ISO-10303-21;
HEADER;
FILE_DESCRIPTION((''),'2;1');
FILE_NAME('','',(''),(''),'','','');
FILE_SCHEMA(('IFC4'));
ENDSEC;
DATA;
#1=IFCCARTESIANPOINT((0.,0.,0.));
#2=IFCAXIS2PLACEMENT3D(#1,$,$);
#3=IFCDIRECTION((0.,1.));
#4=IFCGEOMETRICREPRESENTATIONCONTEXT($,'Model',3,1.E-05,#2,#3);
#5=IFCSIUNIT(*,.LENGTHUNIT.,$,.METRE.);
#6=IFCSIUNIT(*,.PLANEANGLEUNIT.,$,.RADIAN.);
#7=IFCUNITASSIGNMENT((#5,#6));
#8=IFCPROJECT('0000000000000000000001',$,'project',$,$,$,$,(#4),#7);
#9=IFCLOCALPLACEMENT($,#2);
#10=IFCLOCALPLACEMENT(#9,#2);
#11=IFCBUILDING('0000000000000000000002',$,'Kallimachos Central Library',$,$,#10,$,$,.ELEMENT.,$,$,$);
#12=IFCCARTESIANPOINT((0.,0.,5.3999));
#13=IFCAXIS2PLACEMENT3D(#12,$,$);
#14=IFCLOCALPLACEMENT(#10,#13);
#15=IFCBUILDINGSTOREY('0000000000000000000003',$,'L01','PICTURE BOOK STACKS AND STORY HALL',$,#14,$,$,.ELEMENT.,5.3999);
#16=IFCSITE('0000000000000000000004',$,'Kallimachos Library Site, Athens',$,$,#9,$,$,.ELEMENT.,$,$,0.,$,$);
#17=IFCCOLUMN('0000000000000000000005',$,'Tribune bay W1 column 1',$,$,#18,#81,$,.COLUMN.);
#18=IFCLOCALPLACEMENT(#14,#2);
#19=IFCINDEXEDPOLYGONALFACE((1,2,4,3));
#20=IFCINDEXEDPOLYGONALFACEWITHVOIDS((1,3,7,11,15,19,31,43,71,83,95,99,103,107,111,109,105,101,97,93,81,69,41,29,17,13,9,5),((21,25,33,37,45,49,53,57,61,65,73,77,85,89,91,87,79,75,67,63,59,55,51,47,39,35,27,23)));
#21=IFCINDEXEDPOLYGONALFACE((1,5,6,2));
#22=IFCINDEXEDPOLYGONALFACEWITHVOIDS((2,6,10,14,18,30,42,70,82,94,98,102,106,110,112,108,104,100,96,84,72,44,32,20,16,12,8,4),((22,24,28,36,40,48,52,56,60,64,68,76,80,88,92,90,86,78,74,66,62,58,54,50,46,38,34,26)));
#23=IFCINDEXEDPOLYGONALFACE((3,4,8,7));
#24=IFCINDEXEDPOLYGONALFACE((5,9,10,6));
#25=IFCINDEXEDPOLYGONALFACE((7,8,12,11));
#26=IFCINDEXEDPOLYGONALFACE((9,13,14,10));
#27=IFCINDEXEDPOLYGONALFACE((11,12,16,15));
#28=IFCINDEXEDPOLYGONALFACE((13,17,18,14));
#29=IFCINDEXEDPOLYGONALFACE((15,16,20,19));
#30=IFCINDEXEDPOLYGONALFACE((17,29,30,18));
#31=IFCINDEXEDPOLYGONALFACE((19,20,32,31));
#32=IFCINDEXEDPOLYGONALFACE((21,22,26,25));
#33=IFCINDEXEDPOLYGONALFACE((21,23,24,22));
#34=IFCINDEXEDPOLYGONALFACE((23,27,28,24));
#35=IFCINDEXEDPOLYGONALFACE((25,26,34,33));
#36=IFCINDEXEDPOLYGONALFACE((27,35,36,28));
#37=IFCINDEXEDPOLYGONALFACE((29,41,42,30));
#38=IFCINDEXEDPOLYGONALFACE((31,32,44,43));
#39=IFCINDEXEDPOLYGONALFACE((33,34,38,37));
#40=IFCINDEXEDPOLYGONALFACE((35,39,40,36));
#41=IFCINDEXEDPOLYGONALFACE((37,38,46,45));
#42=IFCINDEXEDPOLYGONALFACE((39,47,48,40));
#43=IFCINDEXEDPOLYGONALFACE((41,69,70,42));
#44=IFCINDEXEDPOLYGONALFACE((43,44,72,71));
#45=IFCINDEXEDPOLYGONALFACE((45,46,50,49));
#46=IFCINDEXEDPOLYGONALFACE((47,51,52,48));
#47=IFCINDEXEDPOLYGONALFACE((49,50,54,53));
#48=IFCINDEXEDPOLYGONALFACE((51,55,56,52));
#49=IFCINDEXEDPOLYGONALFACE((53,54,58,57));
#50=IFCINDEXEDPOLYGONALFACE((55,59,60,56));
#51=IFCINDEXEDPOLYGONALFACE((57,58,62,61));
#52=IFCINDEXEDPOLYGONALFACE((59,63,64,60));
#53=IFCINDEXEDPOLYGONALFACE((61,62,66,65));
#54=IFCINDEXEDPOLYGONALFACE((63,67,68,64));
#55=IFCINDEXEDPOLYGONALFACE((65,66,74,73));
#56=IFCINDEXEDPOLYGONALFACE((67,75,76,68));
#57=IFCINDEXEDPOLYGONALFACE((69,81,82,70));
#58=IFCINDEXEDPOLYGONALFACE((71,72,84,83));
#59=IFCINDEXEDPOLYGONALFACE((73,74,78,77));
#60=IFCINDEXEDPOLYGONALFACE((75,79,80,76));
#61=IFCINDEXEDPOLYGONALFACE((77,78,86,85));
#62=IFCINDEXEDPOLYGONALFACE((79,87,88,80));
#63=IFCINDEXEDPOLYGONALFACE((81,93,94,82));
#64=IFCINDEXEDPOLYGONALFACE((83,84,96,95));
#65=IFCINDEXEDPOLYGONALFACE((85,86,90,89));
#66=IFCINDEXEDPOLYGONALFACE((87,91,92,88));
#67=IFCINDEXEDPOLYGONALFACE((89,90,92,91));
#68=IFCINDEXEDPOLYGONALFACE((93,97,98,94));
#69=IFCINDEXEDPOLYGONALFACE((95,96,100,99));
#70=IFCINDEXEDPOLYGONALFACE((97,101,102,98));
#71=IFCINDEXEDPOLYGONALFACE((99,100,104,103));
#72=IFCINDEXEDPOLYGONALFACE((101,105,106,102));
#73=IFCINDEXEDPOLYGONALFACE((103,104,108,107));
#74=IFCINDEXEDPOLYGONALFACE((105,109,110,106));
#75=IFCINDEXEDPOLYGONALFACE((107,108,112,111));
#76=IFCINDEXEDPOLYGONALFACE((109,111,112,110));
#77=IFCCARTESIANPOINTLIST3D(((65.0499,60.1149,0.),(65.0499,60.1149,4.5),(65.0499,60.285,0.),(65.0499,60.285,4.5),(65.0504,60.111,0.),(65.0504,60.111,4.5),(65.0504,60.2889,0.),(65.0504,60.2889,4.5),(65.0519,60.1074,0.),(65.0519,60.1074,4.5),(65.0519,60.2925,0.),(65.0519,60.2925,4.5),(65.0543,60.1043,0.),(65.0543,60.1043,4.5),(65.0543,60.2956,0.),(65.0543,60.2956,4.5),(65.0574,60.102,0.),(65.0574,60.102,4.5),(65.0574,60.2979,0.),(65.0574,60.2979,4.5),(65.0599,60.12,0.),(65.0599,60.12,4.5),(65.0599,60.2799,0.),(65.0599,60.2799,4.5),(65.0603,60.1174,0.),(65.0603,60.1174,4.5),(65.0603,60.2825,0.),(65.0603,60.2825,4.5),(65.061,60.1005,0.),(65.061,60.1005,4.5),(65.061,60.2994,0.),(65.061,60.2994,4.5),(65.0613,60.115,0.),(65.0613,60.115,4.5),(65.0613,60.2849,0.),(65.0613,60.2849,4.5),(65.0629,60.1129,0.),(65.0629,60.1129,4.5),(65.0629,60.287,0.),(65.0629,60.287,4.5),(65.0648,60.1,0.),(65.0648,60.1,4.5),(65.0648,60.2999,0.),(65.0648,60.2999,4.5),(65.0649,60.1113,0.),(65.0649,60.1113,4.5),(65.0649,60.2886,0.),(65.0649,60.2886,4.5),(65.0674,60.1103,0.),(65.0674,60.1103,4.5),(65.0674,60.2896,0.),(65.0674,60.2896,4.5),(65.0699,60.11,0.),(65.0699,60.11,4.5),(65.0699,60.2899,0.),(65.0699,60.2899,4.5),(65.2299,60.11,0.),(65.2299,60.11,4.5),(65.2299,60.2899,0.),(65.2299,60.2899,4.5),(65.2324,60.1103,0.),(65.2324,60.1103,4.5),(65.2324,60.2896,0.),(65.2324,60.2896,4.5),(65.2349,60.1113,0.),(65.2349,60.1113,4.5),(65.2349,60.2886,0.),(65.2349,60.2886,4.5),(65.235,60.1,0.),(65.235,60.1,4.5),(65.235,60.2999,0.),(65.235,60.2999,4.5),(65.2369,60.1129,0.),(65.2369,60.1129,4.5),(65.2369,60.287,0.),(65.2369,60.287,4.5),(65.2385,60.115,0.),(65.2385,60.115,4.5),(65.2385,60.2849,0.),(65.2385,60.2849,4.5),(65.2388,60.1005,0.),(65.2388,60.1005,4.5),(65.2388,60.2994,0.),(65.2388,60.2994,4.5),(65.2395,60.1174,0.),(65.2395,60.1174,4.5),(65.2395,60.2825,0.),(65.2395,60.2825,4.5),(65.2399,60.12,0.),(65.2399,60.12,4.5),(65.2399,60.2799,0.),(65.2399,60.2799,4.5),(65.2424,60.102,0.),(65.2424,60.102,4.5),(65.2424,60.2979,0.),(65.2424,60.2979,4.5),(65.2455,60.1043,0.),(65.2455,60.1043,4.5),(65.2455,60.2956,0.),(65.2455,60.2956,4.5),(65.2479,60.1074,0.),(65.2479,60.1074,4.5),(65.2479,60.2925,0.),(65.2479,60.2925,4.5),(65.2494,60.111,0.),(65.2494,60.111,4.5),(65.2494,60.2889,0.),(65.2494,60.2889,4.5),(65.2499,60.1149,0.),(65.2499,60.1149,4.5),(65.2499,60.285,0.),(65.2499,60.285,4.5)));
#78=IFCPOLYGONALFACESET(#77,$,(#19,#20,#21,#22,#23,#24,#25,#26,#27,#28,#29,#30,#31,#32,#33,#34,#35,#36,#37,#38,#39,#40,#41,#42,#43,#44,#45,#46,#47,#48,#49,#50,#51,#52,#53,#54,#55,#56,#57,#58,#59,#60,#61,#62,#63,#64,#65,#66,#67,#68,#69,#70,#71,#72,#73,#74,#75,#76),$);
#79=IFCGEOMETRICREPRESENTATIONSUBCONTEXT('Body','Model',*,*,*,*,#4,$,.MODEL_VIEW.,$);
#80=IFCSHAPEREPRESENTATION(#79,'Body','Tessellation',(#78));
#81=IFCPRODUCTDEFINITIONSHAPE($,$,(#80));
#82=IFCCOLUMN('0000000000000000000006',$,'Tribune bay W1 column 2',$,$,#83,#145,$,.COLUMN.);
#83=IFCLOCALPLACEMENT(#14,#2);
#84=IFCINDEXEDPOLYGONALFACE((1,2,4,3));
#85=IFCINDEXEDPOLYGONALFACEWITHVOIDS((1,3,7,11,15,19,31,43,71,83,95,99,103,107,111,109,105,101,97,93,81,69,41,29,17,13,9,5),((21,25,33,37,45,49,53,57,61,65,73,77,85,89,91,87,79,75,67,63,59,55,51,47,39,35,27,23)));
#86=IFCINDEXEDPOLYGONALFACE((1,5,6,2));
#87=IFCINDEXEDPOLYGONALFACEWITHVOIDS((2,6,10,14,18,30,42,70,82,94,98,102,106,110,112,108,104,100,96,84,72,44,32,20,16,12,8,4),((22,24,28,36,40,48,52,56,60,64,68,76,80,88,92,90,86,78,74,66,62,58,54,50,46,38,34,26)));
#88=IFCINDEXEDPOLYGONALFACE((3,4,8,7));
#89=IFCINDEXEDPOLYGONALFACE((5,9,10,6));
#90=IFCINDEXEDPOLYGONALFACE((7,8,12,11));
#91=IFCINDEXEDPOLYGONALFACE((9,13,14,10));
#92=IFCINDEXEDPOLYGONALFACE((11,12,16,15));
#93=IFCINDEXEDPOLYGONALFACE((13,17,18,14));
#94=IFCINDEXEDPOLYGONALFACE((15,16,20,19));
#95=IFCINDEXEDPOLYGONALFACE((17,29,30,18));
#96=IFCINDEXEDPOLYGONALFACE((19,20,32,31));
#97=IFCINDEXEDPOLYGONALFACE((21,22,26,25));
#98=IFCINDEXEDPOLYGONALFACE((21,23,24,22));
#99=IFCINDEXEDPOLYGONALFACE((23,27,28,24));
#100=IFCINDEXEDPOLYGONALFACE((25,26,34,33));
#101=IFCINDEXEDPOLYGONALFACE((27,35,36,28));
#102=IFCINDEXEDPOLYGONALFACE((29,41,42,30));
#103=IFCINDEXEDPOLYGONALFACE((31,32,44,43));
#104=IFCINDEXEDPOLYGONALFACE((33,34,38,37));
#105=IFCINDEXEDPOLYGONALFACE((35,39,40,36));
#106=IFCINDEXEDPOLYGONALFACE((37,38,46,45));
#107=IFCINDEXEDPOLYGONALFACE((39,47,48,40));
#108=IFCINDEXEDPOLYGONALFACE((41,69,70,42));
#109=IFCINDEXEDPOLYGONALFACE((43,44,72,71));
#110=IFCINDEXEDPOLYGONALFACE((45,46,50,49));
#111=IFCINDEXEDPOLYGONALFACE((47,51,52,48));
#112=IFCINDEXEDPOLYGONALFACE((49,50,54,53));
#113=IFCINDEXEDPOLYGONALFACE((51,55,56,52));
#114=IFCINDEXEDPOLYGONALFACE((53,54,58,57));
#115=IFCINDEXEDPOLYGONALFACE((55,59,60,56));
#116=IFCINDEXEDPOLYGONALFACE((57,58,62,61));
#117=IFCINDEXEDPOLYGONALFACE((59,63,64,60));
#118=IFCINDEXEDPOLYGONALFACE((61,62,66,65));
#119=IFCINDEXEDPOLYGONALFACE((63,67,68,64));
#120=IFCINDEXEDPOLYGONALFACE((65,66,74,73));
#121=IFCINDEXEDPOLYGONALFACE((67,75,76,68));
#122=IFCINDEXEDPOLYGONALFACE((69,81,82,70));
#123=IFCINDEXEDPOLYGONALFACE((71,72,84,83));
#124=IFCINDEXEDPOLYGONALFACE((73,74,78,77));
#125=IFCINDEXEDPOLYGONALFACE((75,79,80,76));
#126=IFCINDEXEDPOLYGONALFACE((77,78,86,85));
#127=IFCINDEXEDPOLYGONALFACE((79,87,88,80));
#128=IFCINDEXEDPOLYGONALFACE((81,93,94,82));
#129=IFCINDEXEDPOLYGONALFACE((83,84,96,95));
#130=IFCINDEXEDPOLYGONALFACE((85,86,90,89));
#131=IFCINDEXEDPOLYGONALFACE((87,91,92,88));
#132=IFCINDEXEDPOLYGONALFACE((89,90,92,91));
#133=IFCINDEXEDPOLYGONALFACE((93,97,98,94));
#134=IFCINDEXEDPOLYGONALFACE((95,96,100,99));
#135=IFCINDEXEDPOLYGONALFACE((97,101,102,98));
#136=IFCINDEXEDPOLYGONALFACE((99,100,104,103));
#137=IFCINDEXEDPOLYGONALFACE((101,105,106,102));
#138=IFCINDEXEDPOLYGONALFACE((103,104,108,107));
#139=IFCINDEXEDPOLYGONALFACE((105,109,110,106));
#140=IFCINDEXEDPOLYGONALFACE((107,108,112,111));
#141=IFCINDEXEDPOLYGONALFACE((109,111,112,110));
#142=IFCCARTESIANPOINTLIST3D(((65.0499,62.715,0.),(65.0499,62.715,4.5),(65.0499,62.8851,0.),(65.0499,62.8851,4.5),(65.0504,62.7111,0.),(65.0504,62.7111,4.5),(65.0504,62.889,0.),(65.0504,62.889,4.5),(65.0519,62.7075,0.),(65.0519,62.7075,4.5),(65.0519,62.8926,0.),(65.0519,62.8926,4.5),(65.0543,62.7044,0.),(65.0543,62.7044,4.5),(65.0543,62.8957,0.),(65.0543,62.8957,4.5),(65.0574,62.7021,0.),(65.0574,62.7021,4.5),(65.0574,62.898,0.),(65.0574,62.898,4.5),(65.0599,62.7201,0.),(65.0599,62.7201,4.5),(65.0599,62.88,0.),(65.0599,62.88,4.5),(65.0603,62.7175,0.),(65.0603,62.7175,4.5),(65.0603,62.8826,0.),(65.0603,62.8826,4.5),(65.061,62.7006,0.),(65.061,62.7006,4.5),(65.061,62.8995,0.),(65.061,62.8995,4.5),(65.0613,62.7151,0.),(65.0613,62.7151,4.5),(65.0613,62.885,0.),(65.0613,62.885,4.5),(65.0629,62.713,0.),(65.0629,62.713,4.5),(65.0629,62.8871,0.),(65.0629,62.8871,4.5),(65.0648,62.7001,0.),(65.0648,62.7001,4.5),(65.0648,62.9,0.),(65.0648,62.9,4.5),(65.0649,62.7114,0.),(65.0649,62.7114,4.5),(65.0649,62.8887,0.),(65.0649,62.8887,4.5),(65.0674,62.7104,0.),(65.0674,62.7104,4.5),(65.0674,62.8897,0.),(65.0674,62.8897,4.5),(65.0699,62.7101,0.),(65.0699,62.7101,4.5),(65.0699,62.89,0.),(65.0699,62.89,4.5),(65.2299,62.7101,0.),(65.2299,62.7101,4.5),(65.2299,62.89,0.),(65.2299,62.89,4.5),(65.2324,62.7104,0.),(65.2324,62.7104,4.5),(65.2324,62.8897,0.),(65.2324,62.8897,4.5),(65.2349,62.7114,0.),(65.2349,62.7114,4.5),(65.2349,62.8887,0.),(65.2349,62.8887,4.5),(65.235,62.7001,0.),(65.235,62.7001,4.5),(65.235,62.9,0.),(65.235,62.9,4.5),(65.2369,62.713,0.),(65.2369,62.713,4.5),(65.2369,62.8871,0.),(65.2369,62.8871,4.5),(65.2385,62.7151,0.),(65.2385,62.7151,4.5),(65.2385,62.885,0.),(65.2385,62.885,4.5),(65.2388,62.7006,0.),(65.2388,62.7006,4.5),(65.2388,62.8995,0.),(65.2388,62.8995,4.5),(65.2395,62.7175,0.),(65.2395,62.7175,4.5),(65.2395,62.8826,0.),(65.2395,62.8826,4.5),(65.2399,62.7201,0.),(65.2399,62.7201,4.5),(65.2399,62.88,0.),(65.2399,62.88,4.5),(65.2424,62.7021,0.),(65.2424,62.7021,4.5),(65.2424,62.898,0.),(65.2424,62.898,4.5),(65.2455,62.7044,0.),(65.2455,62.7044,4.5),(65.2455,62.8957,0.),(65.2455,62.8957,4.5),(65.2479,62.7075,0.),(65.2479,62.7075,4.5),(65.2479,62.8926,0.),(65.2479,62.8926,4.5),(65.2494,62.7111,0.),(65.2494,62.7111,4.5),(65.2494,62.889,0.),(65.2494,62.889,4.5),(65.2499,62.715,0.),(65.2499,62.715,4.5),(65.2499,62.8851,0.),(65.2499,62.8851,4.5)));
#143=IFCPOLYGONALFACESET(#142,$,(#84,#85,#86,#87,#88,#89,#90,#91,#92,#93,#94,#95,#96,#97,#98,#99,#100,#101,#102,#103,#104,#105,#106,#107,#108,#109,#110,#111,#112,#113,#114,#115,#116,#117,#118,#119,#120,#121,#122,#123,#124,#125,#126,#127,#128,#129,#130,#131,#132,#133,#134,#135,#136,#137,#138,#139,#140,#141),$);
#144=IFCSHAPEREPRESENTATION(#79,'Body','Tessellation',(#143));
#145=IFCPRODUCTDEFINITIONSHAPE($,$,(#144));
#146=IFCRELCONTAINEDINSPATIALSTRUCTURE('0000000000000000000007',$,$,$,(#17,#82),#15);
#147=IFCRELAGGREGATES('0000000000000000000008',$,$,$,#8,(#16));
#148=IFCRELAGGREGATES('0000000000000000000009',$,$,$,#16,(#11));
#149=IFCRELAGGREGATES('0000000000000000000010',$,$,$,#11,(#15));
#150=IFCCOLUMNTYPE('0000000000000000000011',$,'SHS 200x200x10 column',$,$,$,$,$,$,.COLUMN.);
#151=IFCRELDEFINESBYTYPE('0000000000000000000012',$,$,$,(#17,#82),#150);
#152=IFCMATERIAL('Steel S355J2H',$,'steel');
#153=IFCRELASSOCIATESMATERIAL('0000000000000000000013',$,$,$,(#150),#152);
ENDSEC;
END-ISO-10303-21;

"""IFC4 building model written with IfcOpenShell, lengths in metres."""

from ifc_helpers import new_model, si_unit, direction, frame, origin, origin_2d, place, context, subcontext, project, spatial, hollow_rectangle, extrude, material, material_profile, profile_set, type_object, element, save


model = new_model("IFC4")

# Units and contexts
model_context = context("Model", 3, precision=1e-05, world=origin(), true_north=direction((0.0, 1.0)))
body_context = subcontext(model_context, "Body", "Model", "MODEL_VIEW")
ifc_project = project(units=[si_unit("LENGTHUNIT", "METRE"), si_unit("PLANEANGLEUNIT", "RADIAN")], contexts=[model_context])

# Site, building, storey
site_placement = place(None, origin())
site = spatial("IfcSite", under=ifc_project, at=site_placement, Name="Kallimachos Library Site, Athens", CompositionType="ELEMENT", RefElevation=0.0)
building_placement = place(site_placement, origin())
building = spatial("IfcBuilding", under=site, at=building_placement, Name="Kallimachos Central Library", CompositionType="ELEMENT")
storey_placement = place(building_placement, frame((0.0, 0.0, 5.3999)))
storey = spatial("IfcBuildingStorey", under=building, at=storey_placement, Name="L01", Description="PICTURE BOOK STACKS AND STORY HALL", CompositionType="ELEMENT", Elevation=5.3999)

# Columns
ifc_material_1 = material(Name="Steel S355J2H", Category="steel")
ifc_material_profile = material_profile(ifc_material_1, hollow_rectangle(XDim=0.2, YDim=0.2, WallThickness=0.01, InnerFilletRadius=0.01, OuterFilletRadius=0.0149, at=origin_2d()), Name="SHS 200x200x10")
ifc_profile_set = profile_set([ifc_material_profile], Name="Steel S355J2H")
column_type = type_object("IfcColumnType", Name="SHS 200x200x10 column", PredefinedType="COLUMN", material=ifc_profile_set)
for number, where, z_axis, x_axis, name in (
    (1, (65.1499, 60.2, 0.0), (0.0, 0.0, 1.0), (1.0, 0.0, 0.0), "Tribune bay W1 column 1"),
    (2, (65.1499, 62.8, 0.0), (0.0, 0.0, 1.0), (1.0, 0.0, 0.0), "Tribune bay W1 column 2"),
):
    element("IfcColumn", number, at=place(storey_placement, frame(where, z_axis=z_axis, x_axis=x_axis)), inside=storey, type_object=column_type, Name=name, PredefinedType="COLUMN", context=body_context, shape_type="SweptSolid", body=[
        extrude(hollow_rectangle(XDim=0.2, YDim=0.2, WallThickness=0.01, InnerFilletRadius=0.01, OuterFilletRadius=0.0149, at=origin_2d()), origin(), (0.0, 0.0, 1.0), 4.5),
    ])

save(model, "model.ifc")
